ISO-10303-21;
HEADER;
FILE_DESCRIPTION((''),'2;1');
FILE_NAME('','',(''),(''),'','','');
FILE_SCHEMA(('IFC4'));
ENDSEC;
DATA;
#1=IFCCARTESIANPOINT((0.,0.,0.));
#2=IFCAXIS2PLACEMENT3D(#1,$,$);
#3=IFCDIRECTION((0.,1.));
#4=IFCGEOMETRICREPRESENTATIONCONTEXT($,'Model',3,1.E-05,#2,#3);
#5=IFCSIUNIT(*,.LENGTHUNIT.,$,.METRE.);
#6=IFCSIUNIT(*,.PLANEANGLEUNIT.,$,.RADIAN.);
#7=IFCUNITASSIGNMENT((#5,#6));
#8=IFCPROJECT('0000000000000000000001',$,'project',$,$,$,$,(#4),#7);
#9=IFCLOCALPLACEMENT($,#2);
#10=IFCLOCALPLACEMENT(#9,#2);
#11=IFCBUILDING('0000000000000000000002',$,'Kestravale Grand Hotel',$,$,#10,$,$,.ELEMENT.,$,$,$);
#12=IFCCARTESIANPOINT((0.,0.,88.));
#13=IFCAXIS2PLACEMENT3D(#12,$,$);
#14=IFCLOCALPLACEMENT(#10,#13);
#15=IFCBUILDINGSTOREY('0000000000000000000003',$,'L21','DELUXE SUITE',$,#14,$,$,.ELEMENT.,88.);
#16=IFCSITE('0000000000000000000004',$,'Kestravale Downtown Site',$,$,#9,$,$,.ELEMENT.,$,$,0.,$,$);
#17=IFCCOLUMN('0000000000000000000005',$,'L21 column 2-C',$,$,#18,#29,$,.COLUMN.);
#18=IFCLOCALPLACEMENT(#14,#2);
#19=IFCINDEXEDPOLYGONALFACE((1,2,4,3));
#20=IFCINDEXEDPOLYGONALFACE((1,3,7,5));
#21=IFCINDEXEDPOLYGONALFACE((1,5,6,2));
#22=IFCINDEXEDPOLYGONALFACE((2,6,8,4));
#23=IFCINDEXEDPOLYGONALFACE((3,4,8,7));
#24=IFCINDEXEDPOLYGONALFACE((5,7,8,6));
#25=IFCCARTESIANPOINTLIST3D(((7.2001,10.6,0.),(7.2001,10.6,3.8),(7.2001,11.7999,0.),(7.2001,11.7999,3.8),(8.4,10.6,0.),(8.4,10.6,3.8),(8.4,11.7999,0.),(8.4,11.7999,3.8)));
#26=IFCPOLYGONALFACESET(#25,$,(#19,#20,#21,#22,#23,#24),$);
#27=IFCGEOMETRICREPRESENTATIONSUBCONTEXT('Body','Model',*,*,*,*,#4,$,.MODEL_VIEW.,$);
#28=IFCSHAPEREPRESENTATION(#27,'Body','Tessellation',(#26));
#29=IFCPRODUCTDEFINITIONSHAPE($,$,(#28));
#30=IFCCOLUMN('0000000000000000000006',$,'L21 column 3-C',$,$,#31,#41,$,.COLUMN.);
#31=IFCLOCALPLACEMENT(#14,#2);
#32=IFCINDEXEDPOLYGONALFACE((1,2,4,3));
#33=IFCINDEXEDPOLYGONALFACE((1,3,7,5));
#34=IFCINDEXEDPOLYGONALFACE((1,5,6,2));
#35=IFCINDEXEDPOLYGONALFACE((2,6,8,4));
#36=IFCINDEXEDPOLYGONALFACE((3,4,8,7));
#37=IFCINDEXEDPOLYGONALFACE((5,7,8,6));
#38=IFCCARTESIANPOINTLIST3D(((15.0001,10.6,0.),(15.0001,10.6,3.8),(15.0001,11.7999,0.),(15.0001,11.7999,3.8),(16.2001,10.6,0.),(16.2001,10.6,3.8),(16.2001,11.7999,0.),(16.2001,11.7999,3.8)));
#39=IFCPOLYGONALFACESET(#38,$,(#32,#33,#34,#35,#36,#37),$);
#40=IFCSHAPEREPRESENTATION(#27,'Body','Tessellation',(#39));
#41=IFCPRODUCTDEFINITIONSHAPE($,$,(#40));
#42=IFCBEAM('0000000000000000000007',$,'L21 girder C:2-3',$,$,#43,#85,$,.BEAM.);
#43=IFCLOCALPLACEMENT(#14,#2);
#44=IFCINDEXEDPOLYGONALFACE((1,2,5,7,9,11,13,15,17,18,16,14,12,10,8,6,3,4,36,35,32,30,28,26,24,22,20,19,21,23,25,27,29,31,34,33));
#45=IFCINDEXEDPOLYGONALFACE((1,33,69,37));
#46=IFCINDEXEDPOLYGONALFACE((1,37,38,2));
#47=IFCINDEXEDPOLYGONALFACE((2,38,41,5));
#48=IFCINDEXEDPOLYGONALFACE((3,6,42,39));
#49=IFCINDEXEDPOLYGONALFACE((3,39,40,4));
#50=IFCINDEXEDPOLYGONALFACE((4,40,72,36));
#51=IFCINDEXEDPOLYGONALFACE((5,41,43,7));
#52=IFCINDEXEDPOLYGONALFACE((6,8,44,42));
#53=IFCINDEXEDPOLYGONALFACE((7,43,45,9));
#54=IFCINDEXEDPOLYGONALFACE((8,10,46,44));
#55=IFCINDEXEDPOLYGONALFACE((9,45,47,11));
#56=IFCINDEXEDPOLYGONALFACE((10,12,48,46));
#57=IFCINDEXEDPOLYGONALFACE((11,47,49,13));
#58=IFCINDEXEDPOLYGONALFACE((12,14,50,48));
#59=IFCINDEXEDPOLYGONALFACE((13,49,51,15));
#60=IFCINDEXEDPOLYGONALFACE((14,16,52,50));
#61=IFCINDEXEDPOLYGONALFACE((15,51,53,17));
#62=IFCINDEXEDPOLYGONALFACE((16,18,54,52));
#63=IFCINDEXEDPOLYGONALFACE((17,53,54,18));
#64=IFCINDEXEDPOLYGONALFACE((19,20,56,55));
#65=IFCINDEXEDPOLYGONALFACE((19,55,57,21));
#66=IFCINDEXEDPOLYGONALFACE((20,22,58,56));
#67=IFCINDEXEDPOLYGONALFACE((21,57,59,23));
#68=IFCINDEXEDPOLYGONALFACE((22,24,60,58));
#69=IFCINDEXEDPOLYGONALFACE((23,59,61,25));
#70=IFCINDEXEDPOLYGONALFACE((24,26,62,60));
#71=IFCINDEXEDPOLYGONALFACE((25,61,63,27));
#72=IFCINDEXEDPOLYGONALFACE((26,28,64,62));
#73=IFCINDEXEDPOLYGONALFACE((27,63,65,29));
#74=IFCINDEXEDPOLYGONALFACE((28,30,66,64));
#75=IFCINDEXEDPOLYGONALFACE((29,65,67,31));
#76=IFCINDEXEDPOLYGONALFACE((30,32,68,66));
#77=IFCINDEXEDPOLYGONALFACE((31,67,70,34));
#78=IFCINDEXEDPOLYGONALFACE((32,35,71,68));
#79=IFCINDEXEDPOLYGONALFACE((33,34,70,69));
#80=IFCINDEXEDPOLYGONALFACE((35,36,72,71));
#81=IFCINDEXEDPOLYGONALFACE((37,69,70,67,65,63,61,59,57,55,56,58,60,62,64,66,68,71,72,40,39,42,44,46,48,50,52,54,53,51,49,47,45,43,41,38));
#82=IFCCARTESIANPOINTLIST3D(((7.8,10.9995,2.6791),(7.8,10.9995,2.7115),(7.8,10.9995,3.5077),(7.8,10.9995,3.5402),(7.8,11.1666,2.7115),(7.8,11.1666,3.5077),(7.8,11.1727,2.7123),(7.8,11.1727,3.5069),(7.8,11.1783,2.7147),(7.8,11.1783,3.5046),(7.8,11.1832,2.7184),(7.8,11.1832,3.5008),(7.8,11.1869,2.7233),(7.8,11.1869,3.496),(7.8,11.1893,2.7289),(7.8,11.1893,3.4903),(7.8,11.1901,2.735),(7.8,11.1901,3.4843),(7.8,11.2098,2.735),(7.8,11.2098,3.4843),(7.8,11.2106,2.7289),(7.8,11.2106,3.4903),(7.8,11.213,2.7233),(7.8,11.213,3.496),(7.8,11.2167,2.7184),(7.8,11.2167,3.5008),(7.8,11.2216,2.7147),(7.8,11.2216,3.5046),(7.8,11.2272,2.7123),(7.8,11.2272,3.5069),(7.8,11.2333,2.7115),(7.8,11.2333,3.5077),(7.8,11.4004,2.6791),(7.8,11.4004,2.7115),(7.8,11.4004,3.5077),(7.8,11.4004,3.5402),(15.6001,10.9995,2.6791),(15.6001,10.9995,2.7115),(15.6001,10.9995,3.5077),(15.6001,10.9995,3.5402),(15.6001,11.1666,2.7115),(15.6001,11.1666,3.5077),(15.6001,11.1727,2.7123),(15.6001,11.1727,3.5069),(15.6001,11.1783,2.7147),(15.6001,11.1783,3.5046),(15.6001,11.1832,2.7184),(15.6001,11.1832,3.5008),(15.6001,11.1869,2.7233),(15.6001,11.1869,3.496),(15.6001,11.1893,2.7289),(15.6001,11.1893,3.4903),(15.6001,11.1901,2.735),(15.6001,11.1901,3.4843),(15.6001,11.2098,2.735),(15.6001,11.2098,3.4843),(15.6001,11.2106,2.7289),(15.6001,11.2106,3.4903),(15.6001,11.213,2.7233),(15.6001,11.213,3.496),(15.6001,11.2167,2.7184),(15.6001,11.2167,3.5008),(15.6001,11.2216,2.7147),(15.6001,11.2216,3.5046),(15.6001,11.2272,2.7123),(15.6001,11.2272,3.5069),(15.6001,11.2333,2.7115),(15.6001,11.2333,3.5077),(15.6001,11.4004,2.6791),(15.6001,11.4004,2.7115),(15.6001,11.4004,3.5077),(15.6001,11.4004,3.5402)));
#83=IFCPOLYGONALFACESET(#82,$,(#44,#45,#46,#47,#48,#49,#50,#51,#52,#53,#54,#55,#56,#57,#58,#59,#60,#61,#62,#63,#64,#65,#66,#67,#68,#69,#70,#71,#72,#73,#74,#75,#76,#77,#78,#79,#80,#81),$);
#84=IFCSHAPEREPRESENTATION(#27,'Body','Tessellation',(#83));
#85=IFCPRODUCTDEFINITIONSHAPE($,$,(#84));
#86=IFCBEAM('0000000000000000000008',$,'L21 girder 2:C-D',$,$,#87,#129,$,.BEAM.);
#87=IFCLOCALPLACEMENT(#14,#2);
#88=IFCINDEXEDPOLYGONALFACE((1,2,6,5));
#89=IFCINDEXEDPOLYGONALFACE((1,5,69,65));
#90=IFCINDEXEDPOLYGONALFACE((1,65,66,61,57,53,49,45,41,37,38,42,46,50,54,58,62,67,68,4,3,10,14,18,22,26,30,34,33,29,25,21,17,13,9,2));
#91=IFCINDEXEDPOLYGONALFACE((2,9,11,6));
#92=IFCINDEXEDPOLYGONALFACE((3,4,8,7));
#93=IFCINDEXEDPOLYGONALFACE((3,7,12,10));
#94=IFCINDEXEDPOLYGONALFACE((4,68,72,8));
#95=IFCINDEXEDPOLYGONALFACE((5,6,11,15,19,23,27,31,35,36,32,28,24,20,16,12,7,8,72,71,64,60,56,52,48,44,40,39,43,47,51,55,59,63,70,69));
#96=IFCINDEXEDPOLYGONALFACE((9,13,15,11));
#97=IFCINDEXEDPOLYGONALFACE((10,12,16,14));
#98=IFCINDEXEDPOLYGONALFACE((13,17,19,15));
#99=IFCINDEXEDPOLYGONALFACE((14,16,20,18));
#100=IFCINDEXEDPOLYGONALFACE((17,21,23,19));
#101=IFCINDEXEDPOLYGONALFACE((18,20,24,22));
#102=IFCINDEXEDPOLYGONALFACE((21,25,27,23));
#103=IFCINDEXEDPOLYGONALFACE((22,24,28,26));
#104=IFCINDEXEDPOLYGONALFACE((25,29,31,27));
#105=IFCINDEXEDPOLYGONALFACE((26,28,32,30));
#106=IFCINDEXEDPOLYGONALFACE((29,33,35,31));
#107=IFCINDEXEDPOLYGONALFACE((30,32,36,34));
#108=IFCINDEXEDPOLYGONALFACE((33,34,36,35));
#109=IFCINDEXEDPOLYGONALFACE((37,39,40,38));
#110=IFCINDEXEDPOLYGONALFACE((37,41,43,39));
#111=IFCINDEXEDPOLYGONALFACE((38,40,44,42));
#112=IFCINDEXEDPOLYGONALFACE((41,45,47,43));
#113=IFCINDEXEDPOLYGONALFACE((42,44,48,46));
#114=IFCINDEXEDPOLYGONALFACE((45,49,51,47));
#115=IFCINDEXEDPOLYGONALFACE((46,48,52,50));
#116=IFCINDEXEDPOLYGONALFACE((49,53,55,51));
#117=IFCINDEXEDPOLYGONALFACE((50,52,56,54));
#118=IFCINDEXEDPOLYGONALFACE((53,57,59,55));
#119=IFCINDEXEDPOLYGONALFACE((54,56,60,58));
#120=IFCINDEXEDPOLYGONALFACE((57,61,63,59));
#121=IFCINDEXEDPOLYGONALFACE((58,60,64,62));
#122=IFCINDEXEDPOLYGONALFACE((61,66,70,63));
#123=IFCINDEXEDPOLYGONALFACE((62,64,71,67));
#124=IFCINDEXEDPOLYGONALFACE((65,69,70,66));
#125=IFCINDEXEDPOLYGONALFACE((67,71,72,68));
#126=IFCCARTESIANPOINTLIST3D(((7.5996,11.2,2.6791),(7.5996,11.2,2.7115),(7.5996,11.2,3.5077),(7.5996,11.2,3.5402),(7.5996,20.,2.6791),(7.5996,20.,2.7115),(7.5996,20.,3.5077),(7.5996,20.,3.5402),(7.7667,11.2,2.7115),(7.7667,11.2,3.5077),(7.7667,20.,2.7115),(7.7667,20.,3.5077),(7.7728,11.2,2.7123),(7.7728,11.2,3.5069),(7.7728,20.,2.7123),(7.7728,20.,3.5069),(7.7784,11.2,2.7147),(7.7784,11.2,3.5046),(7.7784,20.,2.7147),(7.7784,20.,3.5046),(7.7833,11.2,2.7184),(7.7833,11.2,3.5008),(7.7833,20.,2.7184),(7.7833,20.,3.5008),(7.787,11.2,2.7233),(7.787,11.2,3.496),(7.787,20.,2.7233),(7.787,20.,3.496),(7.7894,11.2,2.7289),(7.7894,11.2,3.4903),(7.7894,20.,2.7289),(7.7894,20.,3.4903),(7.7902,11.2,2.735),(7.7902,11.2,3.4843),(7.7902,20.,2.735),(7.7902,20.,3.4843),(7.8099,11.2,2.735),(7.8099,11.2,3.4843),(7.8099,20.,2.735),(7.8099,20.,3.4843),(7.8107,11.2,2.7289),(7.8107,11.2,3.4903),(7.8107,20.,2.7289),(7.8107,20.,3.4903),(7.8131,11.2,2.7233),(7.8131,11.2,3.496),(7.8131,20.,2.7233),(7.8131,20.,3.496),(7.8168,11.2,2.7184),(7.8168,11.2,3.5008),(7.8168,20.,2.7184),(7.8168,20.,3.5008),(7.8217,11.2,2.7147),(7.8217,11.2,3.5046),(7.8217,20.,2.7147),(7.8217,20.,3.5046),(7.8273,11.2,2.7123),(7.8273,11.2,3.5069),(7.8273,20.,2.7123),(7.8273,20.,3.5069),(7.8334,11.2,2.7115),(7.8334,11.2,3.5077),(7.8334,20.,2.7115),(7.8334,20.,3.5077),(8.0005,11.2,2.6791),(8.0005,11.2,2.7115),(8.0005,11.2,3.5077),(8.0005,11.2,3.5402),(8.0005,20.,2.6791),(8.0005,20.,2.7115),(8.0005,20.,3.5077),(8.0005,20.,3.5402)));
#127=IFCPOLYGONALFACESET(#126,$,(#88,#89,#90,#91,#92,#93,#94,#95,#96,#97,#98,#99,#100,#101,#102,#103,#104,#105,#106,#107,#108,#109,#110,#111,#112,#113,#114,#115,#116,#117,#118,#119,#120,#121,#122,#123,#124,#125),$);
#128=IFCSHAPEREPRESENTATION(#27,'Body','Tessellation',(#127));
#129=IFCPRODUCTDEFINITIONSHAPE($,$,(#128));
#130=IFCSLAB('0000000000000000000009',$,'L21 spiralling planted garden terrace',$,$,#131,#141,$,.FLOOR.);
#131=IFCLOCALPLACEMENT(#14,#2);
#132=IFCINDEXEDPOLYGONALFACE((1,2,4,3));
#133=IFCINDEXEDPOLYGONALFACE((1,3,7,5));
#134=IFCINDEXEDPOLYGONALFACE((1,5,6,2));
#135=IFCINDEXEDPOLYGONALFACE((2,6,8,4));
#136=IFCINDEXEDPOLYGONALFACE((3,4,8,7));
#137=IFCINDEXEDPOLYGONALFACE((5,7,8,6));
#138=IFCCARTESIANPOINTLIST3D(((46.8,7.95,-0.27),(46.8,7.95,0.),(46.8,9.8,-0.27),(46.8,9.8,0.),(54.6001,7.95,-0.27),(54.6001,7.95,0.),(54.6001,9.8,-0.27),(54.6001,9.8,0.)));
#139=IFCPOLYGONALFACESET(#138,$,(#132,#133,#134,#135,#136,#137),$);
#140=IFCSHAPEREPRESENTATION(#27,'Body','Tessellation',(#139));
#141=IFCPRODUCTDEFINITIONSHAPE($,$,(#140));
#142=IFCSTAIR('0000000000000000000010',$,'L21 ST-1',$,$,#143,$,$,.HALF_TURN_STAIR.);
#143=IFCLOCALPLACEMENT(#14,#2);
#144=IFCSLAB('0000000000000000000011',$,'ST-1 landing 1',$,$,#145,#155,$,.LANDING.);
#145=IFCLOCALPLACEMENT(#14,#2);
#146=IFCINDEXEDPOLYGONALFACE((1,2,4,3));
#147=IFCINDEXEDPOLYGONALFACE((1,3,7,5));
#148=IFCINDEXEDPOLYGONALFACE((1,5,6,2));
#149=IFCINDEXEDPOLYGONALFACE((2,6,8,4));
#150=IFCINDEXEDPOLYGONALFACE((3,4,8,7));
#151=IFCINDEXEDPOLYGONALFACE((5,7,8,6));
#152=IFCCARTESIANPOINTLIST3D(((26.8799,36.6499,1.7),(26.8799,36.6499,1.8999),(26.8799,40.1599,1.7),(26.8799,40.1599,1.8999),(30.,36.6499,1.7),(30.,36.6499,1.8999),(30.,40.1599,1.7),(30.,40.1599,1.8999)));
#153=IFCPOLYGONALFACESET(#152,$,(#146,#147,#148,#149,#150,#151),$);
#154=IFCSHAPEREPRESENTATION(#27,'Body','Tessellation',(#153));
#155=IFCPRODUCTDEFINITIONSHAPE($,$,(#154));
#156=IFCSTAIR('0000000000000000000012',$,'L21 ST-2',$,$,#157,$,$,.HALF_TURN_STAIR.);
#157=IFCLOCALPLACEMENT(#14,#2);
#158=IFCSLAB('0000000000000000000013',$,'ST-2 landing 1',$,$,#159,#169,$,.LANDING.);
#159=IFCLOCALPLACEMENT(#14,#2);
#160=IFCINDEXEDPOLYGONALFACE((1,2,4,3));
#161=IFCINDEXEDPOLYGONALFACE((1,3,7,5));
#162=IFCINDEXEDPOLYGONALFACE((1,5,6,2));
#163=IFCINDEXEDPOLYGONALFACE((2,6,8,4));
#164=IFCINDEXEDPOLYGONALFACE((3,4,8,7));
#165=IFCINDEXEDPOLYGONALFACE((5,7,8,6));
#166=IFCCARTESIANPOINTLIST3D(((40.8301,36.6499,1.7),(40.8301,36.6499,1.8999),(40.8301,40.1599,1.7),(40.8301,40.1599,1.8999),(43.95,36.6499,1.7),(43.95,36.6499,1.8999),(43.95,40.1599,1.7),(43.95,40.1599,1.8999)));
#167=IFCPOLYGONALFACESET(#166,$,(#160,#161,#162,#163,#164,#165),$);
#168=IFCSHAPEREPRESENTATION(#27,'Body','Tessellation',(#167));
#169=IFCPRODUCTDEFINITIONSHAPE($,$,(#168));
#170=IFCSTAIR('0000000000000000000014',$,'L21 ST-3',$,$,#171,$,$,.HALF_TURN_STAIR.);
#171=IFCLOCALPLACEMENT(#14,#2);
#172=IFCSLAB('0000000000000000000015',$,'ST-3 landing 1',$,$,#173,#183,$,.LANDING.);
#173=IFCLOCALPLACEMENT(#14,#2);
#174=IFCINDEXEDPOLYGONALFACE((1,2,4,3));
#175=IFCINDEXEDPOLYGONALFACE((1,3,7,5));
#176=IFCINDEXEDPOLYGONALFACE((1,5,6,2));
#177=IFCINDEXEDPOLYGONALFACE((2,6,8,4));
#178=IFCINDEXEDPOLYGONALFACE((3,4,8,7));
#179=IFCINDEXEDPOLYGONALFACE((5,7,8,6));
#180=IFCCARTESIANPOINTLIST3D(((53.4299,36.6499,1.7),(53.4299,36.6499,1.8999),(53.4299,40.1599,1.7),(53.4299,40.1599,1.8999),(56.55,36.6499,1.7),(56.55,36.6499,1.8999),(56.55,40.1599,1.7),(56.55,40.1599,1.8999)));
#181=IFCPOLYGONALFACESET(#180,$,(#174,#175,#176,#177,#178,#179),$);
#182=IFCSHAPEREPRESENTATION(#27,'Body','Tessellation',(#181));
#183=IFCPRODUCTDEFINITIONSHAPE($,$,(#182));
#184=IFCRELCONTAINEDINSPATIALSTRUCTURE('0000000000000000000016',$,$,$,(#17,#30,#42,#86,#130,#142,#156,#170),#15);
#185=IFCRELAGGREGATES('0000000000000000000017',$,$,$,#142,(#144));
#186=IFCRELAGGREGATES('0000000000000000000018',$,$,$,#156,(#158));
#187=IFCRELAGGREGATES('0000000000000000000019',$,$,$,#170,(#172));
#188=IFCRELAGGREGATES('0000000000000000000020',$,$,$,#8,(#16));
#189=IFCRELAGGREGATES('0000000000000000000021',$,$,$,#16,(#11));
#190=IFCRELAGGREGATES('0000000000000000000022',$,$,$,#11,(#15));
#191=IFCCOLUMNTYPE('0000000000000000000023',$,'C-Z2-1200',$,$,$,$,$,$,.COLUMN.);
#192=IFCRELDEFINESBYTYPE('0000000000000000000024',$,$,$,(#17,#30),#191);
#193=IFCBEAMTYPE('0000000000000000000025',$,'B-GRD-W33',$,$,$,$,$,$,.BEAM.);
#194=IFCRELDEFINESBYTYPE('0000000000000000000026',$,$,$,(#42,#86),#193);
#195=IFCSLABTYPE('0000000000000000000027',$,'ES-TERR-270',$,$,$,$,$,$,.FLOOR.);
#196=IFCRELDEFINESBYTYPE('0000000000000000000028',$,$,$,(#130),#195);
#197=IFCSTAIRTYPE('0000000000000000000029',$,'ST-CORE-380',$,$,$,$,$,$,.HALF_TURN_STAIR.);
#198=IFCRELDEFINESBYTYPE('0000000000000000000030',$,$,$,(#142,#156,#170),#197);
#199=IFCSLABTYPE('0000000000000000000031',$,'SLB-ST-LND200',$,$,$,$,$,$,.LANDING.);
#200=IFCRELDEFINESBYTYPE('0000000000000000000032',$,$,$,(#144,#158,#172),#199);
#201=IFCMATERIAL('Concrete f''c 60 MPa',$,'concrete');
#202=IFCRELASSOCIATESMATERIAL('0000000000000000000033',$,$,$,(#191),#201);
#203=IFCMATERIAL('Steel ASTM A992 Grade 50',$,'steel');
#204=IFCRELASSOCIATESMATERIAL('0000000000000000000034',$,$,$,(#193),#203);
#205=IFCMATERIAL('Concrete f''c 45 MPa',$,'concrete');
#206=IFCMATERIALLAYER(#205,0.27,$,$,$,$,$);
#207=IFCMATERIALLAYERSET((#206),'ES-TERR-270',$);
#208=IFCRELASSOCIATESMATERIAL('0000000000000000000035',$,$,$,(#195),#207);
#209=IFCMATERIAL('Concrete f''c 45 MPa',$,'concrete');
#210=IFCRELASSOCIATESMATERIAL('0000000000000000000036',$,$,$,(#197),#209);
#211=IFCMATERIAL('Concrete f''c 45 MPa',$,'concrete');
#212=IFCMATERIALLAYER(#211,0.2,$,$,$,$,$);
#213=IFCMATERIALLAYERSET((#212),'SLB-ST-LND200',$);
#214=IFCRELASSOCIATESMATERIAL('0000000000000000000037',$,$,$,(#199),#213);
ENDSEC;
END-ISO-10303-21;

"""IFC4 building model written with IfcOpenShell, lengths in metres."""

from ifc_helpers import new_model, si_unit, direction, frame, origin, origin_2d, place, context, subcontext, project, spatial, polyline, rectangle, i_section, outline, extrude, material, layer, layer_set, material_profile, profile_set, type_object, element, aggregate, save


model = new_model("IFC4")

# Units and contexts
model_context = context("Model", 3, precision=1e-05, world=origin(), true_north=direction((0.0, 1.0)))
body_context = subcontext(model_context, "Body", "Model", "MODEL_VIEW")
ifc_project = project(units=[si_unit("LENGTHUNIT", "METRE"), si_unit("PLANEANGLEUNIT", "RADIAN")], contexts=[model_context])

# Site, building, storey
site_placement = place(None, origin())
site = spatial("IfcSite", under=ifc_project, at=site_placement, Name="Kestravale Downtown Site", CompositionType="ELEMENT", RefElevation=0.0)
building_placement = place(site_placement, origin())
building = spatial("IfcBuilding", under=site, at=building_placement, Name="Kestravale Grand Hotel", CompositionType="ELEMENT")
storey_placement = place(building_placement, frame((0.0, 0.0, 88.0)))
storey = spatial("IfcBuildingStorey", under=building, at=storey_placement, Name="L21", Description="DELUXE SUITE", CompositionType="ELEMENT", Elevation=88.0)

# Columns
ifc_material_1 = material(Name="Concrete f'c 60 MPa", Category="concrete")
ifc_material_profile_1 = material_profile(ifc_material_1, rectangle(XDim=1.2, YDim=1.2, at=origin_2d()))
ifc_profile_set_1 = profile_set([ifc_material_profile_1], Name="Concrete f'c 60 MPa")
column_type = type_object("IfcColumnType", Name="C-Z2-1200", PredefinedType="COLUMN", material=ifc_profile_set_1)
for number, where, z_axis, x_axis, name in (
    (1, (7.8, 11.2, 0.0), (0.0, 0.0, 1.0), (1.0, 0.0, 0.0), "L21 column 2-C"),
    (2, (15.6001, 11.2, 0.0), (0.0, 0.0, 1.0), (1.0, 0.0, 0.0), "L21 column 3-C"),
):
    element("IfcColumn", number, at=place(storey_placement, frame(where, z_axis=z_axis, x_axis=x_axis)), inside=storey, type_object=column_type, Name=name, PredefinedType="COLUMN", context=body_context, shape_type="SweptSolid", body=[
        extrude(rectangle(XDim=1.2, YDim=1.2, at=origin_2d()), origin(), (0.0, 0.0, 1.0), 3.8),
    ])

# Beams
ifc_material_2 = material(Name="Steel ASTM A992 Grade 50", Category="steel")
ifc_material_profile_2 = material_profile(ifc_material_2, i_section(OverallWidth=0.4009, OverallDepth=0.8611, WebThickness=0.0198, FlangeThickness=0.0325, FilletRadius=0.0234, at=origin_2d()))
ifc_profile_set_2 = profile_set([ifc_material_profile_2], Name="Steel ASTM A992 Grade 50")
beam_type = type_object("IfcBeamType", Name="B-GRD-W33", PredefinedType="BEAM", material=ifc_profile_set_2)
beam_1_placement = place(storey_placement, frame((7.8, 11.2, 3.1096), z_axis=(1.0, 0.0, 0.0), x_axis=(0.0, 1.0, 0.0)))
element("IfcBeam", 3, at=beam_1_placement, inside=storey, type_object=beam_type, Name="L21 girder C:2-3", PredefinedType="BEAM", context=body_context, shape_type="SweptSolid", body=[
    extrude(i_section(OverallWidth=0.4009, OverallDepth=0.8611, WebThickness=0.0198, FlangeThickness=0.0325, FilletRadius=0.0234, at=origin_2d()), origin(), (0.0, 0.0, 1.0), 7.8),
])
beam_2_placement = place(storey_placement, frame((7.8, 11.2, 3.1096), z_axis=(0.0, 1.0, 0.0), x_axis=(-1.0, 0.0, 0.0)))
element("IfcBeam", 4, at=beam_2_placement, inside=storey, type_object=beam_type, Name="L21 girder 2:C-D", PredefinedType="BEAM", context=body_context, shape_type="SweptSolid", body=[
    extrude(i_section(OverallWidth=0.4009, OverallDepth=0.8611, WebThickness=0.0198, FlangeThickness=0.0325, FilletRadius=0.0234, at=origin_2d()), origin(), (0.0, 0.0, 1.0), 8.8),
])

# Slab
ifc_material_3 = material(Name="Concrete f'c 45 MPa", Category="concrete")
ifc_layer_1 = layer(ifc_material_3, 0.27)
ifc_layer_set_1 = layer_set([ifc_layer_1], Name="ES-TERR-270")
slab_type_1 = type_object("IfcSlabType", Name="ES-TERR-270", PredefinedType="FLOOR", material=ifc_layer_set_1)
slab_1_placement = place(storey_placement, frame((0.0, 0.0, -0.27)))
element("IfcSlab", 5, at=slab_1_placement, inside=storey, type_object=slab_type_1, Name="L21 spiralling planted garden terrace", PredefinedType="FLOOR", context=body_context, shape_type="SweptSolid", body=[
    extrude(outline(polyline([(46.8, 7.95), (54.6001, 7.95), (54.6001, 9.8), (46.8, 9.8), (46.8, 7.95)])), origin(), (0.0, 0.0, 1.0), 0.27),
])

# Stairs, slabs
ifc_material_4 = material(Name="Concrete f'c 45 MPa", Category="concrete")
stair_type = type_object("IfcStairType", Name="ST-CORE-380", PredefinedType="HALF_TURN_STAIR", material=ifc_material_4)
stair_1_placement = place(storey_placement, origin())
stair_1 = element("IfcStair", 6, at=stair_1_placement, inside=storey, type_object=stair_type, Name="L21 ST-1", PredefinedType="HALF_TURN_STAIR")
ifc_material_5 = material(Name="Concrete f'c 45 MPa", Category="concrete")
ifc_layer_2 = layer(ifc_material_5, 0.2)
ifc_layer_set_2 = layer_set([ifc_layer_2], Name="SLB-ST-LND200")
slab_type_2 = type_object("IfcSlabType", Name="SLB-ST-LND200", PredefinedType="LANDING", material=ifc_layer_set_2)
slab_2_placement = place(storey_placement, frame((0.0, 0.0, 1.7)))
slab_2 = element("IfcSlab", 7, at=slab_2_placement, type_object=slab_type_2, Name="ST-1 landing 1", PredefinedType="LANDING", context=body_context, shape_type="SweptSolid", body=[
    extrude(outline(polyline([(26.8799, 36.6499), (30.0, 36.6499), (30.0, 40.1599), (26.8799, 40.1599), (26.8799, 36.6499)])), origin(), (0.0, 0.0, 1.0), 0.2),
])
aggregate(stair_1, [slab_2])
stair_2_placement = place(storey_placement, origin())
stair_2 = element("IfcStair", 8, at=stair_2_placement, inside=storey, type_object=stair_type, Name="L21 ST-2", PredefinedType="HALF_TURN_STAIR")
slab_3_placement = place(storey_placement, frame((0.0, 0.0, 1.7)))
slab_3 = element("IfcSlab", 9, at=slab_3_placement, type_object=slab_type_2, Name="ST-2 landing 1", PredefinedType="LANDING", context=body_context, shape_type="SweptSolid", body=[
    extrude(outline(polyline([(40.8301, 36.6499), (43.95, 36.6499), (43.95, 40.1599), (40.8301, 40.1599), (40.8301, 36.6499)])), origin(), (0.0, 0.0, 1.0), 0.2),
])
aggregate(stair_2, [slab_3])
stair_3_placement = place(storey_placement, origin())
stair_3 = element("IfcStair", 10, at=stair_3_placement, inside=storey, type_object=stair_type, Name="L21 ST-3", PredefinedType="HALF_TURN_STAIR")
slab_4_placement = place(storey_placement, frame((0.0, 0.0, 1.7)))
slab_4 = element("IfcSlab", 11, at=slab_4_placement, type_object=slab_type_2, Name="ST-3 landing 1", PredefinedType="LANDING", context=body_context, shape_type="SweptSolid", body=[
    extrude(outline(polyline([(53.4299, 36.6499), (56.55, 36.6499), (56.55, 40.1599), (53.4299, 40.1599), (53.4299, 36.6499)])), origin(), (0.0, 0.0, 1.0), 0.2),
])
aggregate(stair_3, [slab_4])

save(model, "model.ifc")
